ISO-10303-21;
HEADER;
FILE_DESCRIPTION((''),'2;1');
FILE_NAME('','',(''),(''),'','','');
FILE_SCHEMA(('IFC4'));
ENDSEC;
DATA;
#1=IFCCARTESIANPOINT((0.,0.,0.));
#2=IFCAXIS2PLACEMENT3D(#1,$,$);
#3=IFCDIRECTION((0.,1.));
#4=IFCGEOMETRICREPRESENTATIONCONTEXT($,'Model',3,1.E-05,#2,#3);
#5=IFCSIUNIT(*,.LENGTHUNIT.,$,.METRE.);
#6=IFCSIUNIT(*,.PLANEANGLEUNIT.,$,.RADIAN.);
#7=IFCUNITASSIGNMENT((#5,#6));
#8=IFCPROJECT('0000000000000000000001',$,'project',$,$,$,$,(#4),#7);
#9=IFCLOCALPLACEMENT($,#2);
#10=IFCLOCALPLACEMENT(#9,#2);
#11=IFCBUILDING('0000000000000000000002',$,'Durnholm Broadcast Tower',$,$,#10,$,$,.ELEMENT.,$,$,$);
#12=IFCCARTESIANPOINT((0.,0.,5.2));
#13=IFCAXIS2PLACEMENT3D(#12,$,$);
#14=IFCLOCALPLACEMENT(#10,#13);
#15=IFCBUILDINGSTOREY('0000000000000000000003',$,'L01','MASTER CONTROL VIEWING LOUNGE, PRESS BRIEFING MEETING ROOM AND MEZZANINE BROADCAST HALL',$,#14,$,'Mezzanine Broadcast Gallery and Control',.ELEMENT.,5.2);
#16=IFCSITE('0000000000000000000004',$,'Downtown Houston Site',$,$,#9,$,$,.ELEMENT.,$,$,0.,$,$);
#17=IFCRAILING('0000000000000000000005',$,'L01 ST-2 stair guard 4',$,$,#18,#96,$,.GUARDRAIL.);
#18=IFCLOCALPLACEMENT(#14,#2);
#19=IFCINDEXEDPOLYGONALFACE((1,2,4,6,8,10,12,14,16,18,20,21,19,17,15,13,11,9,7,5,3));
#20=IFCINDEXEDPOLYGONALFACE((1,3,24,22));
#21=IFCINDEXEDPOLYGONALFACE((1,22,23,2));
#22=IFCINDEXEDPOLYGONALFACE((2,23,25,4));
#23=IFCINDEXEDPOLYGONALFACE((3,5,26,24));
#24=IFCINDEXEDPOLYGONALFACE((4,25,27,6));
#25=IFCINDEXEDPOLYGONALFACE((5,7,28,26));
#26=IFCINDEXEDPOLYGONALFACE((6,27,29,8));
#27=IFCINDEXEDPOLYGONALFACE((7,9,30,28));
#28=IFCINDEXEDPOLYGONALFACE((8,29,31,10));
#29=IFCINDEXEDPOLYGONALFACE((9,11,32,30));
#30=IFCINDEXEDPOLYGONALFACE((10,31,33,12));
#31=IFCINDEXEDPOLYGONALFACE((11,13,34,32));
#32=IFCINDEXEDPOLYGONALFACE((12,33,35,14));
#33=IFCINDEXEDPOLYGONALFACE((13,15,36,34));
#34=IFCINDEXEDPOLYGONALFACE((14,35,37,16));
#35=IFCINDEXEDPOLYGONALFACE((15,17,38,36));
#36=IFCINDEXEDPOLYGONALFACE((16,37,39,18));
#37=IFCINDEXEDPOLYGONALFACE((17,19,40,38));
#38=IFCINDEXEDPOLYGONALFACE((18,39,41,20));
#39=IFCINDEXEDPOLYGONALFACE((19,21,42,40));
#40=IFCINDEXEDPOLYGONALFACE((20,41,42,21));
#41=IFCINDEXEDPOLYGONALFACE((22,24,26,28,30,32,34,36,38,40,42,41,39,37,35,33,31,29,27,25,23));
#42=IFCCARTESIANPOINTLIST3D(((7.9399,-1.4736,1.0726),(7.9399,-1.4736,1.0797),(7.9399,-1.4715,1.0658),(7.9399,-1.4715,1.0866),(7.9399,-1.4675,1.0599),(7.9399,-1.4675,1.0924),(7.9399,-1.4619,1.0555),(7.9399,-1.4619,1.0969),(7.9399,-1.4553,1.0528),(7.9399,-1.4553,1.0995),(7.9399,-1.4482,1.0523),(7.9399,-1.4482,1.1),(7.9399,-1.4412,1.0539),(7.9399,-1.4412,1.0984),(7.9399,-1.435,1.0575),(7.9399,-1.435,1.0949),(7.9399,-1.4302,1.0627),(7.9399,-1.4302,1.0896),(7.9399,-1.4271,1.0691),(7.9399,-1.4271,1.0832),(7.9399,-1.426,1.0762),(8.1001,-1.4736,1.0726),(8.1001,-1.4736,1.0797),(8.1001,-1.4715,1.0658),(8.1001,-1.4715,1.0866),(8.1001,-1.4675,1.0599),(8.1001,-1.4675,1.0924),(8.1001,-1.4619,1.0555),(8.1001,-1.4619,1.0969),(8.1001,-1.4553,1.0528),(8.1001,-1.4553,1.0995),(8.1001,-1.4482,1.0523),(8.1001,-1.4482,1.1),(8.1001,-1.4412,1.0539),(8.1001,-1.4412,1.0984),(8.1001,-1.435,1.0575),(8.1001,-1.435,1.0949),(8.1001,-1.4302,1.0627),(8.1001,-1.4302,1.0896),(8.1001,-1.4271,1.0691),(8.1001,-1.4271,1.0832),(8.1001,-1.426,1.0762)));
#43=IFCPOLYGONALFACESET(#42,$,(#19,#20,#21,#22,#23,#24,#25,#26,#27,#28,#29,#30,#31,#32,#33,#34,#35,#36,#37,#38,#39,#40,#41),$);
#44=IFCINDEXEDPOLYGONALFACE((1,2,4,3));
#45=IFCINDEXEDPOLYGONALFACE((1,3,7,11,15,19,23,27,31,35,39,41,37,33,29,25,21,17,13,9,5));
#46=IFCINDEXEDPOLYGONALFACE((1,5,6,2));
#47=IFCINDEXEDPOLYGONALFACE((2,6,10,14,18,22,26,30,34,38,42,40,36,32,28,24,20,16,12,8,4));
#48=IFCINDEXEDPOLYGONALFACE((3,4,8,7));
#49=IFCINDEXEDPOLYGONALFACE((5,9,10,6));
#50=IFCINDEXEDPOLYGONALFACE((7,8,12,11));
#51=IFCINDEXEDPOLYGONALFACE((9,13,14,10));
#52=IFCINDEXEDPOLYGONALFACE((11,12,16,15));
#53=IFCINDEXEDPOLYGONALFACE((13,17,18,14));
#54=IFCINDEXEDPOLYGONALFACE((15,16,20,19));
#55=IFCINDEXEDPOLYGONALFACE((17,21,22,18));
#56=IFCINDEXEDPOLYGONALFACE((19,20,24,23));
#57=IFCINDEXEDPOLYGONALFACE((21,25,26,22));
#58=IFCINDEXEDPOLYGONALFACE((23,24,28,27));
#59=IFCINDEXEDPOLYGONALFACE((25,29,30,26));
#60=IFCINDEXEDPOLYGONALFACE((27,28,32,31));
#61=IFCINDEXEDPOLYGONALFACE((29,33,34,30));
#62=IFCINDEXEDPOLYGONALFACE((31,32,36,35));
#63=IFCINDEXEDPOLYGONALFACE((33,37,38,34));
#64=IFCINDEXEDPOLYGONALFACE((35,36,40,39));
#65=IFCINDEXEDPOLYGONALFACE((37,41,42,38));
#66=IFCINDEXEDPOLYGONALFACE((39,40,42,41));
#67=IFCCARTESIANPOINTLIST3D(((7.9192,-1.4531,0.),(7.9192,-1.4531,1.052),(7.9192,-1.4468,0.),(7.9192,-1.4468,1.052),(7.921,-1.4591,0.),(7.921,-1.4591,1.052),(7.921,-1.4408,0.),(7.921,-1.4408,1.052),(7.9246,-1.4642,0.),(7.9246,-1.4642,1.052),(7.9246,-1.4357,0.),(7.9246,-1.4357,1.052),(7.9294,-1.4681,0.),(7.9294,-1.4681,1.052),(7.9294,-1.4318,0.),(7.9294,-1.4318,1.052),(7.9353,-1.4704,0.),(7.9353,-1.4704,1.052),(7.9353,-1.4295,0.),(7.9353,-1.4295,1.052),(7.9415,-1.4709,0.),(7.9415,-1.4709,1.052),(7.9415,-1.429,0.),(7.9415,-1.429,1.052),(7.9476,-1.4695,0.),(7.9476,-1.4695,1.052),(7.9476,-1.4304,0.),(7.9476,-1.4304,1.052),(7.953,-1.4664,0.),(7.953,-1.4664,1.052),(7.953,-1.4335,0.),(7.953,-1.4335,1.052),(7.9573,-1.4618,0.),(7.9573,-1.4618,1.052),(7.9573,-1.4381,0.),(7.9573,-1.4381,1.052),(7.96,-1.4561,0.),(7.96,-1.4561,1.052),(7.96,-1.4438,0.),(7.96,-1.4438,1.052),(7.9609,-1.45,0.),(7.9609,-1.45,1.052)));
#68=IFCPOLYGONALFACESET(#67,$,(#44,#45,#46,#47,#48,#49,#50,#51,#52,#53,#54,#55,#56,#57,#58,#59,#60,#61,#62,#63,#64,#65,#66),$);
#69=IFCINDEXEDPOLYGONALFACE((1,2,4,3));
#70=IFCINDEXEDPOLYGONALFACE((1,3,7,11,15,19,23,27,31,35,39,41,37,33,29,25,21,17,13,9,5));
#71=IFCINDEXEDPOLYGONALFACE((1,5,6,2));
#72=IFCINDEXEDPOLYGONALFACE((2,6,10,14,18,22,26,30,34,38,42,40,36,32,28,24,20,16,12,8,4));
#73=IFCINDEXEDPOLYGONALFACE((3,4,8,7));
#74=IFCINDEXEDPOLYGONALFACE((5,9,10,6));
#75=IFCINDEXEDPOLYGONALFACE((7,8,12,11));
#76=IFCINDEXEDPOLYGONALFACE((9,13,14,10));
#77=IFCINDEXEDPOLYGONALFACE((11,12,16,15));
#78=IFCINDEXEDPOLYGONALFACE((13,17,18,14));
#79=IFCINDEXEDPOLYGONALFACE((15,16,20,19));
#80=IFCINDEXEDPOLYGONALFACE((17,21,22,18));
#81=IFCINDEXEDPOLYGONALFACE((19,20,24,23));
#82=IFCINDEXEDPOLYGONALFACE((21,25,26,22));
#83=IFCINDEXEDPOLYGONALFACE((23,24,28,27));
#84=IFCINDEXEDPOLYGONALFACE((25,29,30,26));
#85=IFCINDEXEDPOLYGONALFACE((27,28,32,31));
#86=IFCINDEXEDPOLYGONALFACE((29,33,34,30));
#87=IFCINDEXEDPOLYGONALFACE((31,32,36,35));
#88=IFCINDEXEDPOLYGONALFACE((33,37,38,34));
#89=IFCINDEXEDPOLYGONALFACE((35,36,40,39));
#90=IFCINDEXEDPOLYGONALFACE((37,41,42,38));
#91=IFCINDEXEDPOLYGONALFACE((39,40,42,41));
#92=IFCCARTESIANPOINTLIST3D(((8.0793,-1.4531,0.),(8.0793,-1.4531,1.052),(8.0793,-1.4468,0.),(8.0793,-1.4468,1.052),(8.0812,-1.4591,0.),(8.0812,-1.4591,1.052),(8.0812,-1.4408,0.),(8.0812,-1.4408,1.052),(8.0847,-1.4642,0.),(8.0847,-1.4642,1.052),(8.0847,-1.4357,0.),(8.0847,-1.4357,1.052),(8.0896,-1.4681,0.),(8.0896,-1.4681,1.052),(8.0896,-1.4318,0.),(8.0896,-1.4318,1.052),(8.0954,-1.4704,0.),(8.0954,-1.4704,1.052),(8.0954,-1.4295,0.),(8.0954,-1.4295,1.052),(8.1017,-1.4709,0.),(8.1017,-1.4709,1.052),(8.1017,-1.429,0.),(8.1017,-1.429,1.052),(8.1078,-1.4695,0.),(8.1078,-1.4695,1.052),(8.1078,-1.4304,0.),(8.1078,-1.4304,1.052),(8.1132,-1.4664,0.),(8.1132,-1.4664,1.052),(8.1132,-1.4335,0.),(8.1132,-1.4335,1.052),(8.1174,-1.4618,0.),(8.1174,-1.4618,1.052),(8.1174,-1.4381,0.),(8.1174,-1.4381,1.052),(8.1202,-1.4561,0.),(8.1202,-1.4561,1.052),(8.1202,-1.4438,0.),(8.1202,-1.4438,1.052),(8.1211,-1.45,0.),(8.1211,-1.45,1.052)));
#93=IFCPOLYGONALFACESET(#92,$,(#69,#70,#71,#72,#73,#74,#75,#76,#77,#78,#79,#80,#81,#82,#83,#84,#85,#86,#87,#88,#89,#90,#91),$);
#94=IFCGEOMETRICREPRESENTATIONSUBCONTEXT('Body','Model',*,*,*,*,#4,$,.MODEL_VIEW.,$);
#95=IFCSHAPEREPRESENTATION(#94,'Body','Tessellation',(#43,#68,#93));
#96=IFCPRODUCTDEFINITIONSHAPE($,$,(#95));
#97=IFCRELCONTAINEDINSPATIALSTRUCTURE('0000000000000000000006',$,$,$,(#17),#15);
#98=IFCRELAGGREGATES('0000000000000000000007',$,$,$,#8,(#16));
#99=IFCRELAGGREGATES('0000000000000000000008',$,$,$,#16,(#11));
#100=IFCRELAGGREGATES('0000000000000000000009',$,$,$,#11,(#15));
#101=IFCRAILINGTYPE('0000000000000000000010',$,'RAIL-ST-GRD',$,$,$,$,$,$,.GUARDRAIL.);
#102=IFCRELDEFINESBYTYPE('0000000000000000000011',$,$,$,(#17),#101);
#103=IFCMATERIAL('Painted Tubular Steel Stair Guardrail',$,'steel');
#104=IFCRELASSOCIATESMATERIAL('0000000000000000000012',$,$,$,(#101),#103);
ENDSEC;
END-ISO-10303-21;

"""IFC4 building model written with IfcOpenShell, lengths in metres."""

from ifc_helpers import new_model, si_unit, direction, frame, origin, origin_2d, place, context, subcontext, project, spatial, circle, extrude, material, type_object, element, save


model = new_model("IFC4")

# Units and contexts
model_context = context("Model", 3, precision=1e-05, world=origin(), true_north=direction((0.0, 1.0)))
body_context = subcontext(model_context, "Body", "Model", "MODEL_VIEW")
ifc_project = project(units=[si_unit("LENGTHUNIT", "METRE"), si_unit("PLANEANGLEUNIT", "RADIAN")], contexts=[model_context])

# Site, building, storey
site_placement = place(None, origin())
site = spatial("IfcSite", under=ifc_project, at=site_placement, Name="Downtown Houston Site", CompositionType="ELEMENT", RefElevation=0.0)
building_placement = place(site_placement, origin())
building = spatial("IfcBuilding", under=site, at=building_placement, Name="Durnholm Broadcast Tower", CompositionType="ELEMENT")
storey_placement = place(building_placement, frame((0.0, 0.0, 5.2)))
storey = spatial("IfcBuildingStorey", under=building, at=storey_placement, Name="L01", Description="MASTER CONTROL VIEWING LOUNGE, PRESS BRIEFING MEETING ROOM AND MEZZANINE BROADCAST HALL", LongName="Mezzanine Broadcast Gallery and Control", CompositionType="ELEMENT", Elevation=5.2)

# Railing
ifc_material_1 = material(Name="Painted Tubular Steel Stair Guardrail", Category="steel")
railing_type_1 = type_object("IfcRailingType", Name="RAIL-ST-GRD", PredefinedType="GUARDRAIL", material=ifc_material_1)
railing_1_placement = place(storey_placement, frame((7.9399, -1.45, 0.0)))
element("IfcRailing", 1, at=railing_1_placement, inside=storey, type_object=railing_type_1, Name="L01 ST-2 stair guard 4", PredefinedType="GUARDRAIL", context=body_context, shape_type="SweptSolid", body=[
    extrude(circle(Radius=0.0239, at=origin_2d()), frame((0.0, 0.0, 1.0762), z_axis=(1.0, 0.0, 0.0), x_axis=(0.0, 1.0, 0.0)), (0.0, 0.0, 1.0), 0.1602),
    extrude(circle(Radius=0.021, at=origin_2d()), origin(), (0.0, 0.0, 1.0), 1.052),
    extrude(circle(Radius=0.021, at=origin_2d()), frame((0.1602, 0.0, 0.0)), (0.0, 0.0, 1.0), 1.052),
])

save(model, "model.ifc")
